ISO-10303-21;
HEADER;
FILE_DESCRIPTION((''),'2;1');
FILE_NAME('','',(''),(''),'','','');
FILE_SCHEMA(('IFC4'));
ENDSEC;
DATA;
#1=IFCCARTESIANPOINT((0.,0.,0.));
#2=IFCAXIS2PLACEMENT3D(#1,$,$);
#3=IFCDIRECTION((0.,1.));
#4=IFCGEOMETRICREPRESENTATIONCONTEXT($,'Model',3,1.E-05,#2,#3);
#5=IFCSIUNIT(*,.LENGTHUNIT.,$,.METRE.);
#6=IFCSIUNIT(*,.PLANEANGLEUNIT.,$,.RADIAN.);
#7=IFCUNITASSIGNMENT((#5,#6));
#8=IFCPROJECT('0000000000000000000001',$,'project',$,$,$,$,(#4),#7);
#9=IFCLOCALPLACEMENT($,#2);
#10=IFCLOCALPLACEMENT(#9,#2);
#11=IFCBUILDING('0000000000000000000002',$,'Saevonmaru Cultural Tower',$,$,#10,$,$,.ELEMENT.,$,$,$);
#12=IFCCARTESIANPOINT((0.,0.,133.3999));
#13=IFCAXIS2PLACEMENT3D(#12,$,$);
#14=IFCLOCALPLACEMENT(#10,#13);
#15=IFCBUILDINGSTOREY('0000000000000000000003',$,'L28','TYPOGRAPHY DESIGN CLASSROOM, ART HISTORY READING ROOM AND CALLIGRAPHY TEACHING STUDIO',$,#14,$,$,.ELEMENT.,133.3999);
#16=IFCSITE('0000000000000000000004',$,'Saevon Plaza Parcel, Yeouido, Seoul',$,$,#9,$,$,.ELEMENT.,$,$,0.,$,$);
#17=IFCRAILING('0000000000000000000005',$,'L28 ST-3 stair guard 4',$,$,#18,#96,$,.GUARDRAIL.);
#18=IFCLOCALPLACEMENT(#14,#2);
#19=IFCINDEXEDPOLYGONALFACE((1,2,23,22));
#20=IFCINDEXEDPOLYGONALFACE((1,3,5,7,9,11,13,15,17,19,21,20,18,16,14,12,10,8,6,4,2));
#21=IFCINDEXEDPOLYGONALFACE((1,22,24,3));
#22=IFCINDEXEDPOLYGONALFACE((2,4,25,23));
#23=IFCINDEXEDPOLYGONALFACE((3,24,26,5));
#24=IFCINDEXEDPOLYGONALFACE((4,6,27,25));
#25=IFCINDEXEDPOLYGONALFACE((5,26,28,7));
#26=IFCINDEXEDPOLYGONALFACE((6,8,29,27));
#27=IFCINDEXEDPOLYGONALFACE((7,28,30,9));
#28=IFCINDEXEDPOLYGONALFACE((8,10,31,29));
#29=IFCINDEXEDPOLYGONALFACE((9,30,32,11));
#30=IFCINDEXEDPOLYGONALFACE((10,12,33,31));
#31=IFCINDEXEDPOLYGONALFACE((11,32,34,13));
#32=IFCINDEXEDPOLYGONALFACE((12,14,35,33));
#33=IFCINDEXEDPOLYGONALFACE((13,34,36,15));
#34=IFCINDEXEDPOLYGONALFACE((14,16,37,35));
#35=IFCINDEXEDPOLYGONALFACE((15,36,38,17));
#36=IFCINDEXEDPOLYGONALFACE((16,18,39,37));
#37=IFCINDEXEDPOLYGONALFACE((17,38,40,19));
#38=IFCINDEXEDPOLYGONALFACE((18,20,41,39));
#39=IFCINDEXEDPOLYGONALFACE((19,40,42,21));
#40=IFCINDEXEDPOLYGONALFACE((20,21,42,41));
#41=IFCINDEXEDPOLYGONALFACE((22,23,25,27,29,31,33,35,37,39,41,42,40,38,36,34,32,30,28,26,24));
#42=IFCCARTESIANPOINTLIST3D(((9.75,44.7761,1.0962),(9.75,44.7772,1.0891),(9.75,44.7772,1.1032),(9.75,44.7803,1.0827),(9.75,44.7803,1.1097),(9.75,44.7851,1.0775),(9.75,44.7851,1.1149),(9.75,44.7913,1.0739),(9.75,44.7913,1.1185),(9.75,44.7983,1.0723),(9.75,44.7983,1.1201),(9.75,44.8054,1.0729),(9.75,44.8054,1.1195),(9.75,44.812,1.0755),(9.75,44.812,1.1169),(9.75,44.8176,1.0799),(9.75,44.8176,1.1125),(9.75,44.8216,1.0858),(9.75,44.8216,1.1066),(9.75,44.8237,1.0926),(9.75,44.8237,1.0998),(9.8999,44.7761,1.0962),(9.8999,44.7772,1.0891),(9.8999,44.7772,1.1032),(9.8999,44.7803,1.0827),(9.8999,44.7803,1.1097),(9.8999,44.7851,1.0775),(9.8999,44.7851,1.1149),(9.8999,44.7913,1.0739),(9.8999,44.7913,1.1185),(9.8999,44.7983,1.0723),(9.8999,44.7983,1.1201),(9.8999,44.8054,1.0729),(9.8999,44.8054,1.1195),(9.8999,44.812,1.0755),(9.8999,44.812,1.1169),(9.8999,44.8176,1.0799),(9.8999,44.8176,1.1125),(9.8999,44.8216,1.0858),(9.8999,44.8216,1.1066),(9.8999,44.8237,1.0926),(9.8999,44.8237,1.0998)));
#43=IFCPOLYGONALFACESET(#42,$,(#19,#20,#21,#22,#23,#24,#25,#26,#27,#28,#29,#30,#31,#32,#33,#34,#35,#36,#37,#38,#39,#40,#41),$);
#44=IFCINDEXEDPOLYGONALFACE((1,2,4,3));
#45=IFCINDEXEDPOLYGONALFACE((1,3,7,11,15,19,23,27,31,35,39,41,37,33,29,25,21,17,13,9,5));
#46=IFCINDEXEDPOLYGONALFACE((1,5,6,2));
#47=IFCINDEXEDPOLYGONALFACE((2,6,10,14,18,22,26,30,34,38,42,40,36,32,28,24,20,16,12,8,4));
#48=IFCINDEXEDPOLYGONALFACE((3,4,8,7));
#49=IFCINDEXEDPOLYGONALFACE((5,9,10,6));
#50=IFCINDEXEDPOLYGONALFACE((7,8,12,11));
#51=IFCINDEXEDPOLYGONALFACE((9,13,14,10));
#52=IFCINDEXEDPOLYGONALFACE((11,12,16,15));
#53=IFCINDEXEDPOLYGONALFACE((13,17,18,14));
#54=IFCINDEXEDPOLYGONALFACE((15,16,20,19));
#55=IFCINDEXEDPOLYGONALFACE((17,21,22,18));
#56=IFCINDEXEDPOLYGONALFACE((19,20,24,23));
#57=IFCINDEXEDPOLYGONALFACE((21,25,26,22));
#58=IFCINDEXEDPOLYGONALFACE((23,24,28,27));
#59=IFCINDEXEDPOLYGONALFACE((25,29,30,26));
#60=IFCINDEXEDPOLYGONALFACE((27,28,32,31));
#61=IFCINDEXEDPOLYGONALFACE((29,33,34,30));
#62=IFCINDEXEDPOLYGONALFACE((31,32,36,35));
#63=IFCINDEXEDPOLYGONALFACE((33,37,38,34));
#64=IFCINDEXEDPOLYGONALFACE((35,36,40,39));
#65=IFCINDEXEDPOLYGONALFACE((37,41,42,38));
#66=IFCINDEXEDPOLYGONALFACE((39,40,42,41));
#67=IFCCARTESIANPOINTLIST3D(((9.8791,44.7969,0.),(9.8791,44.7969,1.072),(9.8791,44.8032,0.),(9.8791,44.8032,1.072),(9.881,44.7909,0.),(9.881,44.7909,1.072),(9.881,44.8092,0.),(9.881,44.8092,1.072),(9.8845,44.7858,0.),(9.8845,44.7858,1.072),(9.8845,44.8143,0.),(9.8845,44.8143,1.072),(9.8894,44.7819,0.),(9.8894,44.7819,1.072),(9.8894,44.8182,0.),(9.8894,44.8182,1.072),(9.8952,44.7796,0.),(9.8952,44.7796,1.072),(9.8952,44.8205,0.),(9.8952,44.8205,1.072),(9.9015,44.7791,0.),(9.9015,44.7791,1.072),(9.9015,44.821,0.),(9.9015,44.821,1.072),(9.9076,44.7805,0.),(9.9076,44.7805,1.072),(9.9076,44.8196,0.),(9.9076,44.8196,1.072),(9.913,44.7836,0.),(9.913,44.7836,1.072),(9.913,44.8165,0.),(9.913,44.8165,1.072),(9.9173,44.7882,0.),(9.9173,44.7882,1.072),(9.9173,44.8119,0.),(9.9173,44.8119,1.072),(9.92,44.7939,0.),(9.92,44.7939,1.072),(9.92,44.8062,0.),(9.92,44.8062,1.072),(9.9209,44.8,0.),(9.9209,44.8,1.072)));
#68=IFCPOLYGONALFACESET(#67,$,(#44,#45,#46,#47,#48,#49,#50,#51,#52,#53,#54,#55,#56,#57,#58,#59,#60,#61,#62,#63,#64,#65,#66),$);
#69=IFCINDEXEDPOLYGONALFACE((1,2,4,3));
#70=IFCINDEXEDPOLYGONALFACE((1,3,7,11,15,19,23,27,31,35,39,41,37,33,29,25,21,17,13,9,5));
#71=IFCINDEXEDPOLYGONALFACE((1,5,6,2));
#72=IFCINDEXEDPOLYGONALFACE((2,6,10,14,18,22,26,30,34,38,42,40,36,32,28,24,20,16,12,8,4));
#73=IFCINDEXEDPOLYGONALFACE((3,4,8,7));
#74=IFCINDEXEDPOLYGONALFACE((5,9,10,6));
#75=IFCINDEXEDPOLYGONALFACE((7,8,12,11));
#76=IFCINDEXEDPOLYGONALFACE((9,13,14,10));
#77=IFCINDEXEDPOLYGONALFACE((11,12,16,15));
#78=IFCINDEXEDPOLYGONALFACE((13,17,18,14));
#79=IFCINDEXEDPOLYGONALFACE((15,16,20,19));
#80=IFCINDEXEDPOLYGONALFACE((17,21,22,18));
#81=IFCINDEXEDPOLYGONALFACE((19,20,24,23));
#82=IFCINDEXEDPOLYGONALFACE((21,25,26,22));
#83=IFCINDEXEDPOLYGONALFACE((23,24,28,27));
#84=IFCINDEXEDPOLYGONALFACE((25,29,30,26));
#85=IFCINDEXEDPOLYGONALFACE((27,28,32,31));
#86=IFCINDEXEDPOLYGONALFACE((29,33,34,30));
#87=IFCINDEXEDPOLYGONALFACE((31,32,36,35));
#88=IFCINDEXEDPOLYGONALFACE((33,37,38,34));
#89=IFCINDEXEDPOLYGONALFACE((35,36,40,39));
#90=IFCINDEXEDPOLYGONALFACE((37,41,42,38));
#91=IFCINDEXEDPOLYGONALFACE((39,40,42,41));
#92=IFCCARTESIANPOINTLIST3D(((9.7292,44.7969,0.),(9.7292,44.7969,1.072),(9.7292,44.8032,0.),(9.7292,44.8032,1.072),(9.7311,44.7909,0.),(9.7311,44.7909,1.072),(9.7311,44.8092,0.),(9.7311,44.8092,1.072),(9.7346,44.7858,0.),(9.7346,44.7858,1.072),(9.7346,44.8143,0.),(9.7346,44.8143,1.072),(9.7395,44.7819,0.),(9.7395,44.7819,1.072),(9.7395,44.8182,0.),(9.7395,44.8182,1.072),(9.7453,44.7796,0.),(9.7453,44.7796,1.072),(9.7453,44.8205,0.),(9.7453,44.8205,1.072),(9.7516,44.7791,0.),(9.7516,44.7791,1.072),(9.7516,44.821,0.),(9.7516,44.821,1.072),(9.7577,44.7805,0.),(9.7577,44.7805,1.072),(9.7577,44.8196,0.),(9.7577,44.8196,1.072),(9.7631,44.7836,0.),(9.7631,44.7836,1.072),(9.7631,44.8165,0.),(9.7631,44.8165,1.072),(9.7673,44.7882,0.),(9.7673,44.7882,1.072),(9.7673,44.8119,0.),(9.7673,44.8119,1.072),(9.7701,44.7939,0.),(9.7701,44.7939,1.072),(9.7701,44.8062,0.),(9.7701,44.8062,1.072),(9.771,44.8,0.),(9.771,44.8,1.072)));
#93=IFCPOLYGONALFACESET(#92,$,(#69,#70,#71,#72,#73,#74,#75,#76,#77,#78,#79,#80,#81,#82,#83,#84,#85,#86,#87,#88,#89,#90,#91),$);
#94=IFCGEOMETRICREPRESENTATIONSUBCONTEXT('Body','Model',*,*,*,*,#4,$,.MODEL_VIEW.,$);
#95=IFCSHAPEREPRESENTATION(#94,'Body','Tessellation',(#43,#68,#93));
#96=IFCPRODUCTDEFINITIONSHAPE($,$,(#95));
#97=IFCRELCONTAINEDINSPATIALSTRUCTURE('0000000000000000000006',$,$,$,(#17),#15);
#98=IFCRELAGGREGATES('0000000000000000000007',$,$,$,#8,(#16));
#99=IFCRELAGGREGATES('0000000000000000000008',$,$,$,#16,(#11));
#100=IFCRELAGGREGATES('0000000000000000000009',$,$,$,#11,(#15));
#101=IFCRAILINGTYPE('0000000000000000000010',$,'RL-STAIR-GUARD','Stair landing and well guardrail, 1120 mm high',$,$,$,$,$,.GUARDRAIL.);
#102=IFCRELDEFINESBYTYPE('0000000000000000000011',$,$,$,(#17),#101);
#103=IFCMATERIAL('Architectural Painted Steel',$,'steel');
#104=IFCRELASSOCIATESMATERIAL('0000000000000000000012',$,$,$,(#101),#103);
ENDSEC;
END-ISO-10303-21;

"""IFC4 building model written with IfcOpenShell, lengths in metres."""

from ifc_helpers import new_model, si_unit, direction, frame, origin, origin_2d, place, context, subcontext, project, spatial, circle, extrude, material, type_object, element, save


model = new_model("IFC4")

# Units and contexts
model_context = context("Model", 3, precision=1e-05, world=origin(), true_north=direction((0.0, 1.0)))
body_context = subcontext(model_context, "Body", "Model", "MODEL_VIEW")
ifc_project = project(units=[si_unit("LENGTHUNIT", "METRE"), si_unit("PLANEANGLEUNIT", "RADIAN")], contexts=[model_context])

# Site, building, storey
site_placement = place(None, origin())
site = spatial("IfcSite", under=ifc_project, at=site_placement, Name="Saevon Plaza Parcel, Yeouido, Seoul", CompositionType="ELEMENT", RefElevation=0.0)
building_placement = place(site_placement, origin())
building = spatial("IfcBuilding", under=site, at=building_placement, Name="Saevonmaru Cultural Tower", CompositionType="ELEMENT")
storey_placement = place(building_placement, frame((0.0, 0.0, 133.3999)))
storey = spatial("IfcBuildingStorey", under=building, at=storey_placement, Name="L28", Description="TYPOGRAPHY DESIGN CLASSROOM, ART HISTORY READING ROOM AND CALLIGRAPHY TEACHING STUDIO", CompositionType="ELEMENT", Elevation=133.3999)

# Railing
ifc_material_1 = material(Name="Architectural Painted Steel", Category="steel")
railing_type_1 = type_object("IfcRailingType", Name="RL-STAIR-GUARD", Description="Stair landing and well guardrail, 1120 mm high", PredefinedType="GUARDRAIL", material=ifc_material_1)
railing_1_placement = place(storey_placement, frame((9.8999, 44.8, 0.0)))
element("IfcRailing", 1, at=railing_1_placement, inside=storey, type_object=railing_type_1, Name="L28 ST-3 stair guard 4", PredefinedType="GUARDRAIL", context=body_context, shape_type="SweptSolid", body=[
    extrude(circle(Radius=0.0239, at=origin_2d()), frame((0.0, 0.0, 1.0962), z_axis=(-1.0, 0.0, 0.0), x_axis=(0.0, -1.0, 0.0)), (0.0, 0.0, 1.0), 0.1499),
    extrude(circle(Radius=0.021, at=origin_2d()), origin(), (0.0, 0.0, 1.0), 1.072),
    extrude(circle(Radius=0.021, at=origin_2d()), frame((-0.1499, 0.0, 0.0)), (0.0, 0.0, 1.0), 1.072),
])

save(model, "model.ifc")
